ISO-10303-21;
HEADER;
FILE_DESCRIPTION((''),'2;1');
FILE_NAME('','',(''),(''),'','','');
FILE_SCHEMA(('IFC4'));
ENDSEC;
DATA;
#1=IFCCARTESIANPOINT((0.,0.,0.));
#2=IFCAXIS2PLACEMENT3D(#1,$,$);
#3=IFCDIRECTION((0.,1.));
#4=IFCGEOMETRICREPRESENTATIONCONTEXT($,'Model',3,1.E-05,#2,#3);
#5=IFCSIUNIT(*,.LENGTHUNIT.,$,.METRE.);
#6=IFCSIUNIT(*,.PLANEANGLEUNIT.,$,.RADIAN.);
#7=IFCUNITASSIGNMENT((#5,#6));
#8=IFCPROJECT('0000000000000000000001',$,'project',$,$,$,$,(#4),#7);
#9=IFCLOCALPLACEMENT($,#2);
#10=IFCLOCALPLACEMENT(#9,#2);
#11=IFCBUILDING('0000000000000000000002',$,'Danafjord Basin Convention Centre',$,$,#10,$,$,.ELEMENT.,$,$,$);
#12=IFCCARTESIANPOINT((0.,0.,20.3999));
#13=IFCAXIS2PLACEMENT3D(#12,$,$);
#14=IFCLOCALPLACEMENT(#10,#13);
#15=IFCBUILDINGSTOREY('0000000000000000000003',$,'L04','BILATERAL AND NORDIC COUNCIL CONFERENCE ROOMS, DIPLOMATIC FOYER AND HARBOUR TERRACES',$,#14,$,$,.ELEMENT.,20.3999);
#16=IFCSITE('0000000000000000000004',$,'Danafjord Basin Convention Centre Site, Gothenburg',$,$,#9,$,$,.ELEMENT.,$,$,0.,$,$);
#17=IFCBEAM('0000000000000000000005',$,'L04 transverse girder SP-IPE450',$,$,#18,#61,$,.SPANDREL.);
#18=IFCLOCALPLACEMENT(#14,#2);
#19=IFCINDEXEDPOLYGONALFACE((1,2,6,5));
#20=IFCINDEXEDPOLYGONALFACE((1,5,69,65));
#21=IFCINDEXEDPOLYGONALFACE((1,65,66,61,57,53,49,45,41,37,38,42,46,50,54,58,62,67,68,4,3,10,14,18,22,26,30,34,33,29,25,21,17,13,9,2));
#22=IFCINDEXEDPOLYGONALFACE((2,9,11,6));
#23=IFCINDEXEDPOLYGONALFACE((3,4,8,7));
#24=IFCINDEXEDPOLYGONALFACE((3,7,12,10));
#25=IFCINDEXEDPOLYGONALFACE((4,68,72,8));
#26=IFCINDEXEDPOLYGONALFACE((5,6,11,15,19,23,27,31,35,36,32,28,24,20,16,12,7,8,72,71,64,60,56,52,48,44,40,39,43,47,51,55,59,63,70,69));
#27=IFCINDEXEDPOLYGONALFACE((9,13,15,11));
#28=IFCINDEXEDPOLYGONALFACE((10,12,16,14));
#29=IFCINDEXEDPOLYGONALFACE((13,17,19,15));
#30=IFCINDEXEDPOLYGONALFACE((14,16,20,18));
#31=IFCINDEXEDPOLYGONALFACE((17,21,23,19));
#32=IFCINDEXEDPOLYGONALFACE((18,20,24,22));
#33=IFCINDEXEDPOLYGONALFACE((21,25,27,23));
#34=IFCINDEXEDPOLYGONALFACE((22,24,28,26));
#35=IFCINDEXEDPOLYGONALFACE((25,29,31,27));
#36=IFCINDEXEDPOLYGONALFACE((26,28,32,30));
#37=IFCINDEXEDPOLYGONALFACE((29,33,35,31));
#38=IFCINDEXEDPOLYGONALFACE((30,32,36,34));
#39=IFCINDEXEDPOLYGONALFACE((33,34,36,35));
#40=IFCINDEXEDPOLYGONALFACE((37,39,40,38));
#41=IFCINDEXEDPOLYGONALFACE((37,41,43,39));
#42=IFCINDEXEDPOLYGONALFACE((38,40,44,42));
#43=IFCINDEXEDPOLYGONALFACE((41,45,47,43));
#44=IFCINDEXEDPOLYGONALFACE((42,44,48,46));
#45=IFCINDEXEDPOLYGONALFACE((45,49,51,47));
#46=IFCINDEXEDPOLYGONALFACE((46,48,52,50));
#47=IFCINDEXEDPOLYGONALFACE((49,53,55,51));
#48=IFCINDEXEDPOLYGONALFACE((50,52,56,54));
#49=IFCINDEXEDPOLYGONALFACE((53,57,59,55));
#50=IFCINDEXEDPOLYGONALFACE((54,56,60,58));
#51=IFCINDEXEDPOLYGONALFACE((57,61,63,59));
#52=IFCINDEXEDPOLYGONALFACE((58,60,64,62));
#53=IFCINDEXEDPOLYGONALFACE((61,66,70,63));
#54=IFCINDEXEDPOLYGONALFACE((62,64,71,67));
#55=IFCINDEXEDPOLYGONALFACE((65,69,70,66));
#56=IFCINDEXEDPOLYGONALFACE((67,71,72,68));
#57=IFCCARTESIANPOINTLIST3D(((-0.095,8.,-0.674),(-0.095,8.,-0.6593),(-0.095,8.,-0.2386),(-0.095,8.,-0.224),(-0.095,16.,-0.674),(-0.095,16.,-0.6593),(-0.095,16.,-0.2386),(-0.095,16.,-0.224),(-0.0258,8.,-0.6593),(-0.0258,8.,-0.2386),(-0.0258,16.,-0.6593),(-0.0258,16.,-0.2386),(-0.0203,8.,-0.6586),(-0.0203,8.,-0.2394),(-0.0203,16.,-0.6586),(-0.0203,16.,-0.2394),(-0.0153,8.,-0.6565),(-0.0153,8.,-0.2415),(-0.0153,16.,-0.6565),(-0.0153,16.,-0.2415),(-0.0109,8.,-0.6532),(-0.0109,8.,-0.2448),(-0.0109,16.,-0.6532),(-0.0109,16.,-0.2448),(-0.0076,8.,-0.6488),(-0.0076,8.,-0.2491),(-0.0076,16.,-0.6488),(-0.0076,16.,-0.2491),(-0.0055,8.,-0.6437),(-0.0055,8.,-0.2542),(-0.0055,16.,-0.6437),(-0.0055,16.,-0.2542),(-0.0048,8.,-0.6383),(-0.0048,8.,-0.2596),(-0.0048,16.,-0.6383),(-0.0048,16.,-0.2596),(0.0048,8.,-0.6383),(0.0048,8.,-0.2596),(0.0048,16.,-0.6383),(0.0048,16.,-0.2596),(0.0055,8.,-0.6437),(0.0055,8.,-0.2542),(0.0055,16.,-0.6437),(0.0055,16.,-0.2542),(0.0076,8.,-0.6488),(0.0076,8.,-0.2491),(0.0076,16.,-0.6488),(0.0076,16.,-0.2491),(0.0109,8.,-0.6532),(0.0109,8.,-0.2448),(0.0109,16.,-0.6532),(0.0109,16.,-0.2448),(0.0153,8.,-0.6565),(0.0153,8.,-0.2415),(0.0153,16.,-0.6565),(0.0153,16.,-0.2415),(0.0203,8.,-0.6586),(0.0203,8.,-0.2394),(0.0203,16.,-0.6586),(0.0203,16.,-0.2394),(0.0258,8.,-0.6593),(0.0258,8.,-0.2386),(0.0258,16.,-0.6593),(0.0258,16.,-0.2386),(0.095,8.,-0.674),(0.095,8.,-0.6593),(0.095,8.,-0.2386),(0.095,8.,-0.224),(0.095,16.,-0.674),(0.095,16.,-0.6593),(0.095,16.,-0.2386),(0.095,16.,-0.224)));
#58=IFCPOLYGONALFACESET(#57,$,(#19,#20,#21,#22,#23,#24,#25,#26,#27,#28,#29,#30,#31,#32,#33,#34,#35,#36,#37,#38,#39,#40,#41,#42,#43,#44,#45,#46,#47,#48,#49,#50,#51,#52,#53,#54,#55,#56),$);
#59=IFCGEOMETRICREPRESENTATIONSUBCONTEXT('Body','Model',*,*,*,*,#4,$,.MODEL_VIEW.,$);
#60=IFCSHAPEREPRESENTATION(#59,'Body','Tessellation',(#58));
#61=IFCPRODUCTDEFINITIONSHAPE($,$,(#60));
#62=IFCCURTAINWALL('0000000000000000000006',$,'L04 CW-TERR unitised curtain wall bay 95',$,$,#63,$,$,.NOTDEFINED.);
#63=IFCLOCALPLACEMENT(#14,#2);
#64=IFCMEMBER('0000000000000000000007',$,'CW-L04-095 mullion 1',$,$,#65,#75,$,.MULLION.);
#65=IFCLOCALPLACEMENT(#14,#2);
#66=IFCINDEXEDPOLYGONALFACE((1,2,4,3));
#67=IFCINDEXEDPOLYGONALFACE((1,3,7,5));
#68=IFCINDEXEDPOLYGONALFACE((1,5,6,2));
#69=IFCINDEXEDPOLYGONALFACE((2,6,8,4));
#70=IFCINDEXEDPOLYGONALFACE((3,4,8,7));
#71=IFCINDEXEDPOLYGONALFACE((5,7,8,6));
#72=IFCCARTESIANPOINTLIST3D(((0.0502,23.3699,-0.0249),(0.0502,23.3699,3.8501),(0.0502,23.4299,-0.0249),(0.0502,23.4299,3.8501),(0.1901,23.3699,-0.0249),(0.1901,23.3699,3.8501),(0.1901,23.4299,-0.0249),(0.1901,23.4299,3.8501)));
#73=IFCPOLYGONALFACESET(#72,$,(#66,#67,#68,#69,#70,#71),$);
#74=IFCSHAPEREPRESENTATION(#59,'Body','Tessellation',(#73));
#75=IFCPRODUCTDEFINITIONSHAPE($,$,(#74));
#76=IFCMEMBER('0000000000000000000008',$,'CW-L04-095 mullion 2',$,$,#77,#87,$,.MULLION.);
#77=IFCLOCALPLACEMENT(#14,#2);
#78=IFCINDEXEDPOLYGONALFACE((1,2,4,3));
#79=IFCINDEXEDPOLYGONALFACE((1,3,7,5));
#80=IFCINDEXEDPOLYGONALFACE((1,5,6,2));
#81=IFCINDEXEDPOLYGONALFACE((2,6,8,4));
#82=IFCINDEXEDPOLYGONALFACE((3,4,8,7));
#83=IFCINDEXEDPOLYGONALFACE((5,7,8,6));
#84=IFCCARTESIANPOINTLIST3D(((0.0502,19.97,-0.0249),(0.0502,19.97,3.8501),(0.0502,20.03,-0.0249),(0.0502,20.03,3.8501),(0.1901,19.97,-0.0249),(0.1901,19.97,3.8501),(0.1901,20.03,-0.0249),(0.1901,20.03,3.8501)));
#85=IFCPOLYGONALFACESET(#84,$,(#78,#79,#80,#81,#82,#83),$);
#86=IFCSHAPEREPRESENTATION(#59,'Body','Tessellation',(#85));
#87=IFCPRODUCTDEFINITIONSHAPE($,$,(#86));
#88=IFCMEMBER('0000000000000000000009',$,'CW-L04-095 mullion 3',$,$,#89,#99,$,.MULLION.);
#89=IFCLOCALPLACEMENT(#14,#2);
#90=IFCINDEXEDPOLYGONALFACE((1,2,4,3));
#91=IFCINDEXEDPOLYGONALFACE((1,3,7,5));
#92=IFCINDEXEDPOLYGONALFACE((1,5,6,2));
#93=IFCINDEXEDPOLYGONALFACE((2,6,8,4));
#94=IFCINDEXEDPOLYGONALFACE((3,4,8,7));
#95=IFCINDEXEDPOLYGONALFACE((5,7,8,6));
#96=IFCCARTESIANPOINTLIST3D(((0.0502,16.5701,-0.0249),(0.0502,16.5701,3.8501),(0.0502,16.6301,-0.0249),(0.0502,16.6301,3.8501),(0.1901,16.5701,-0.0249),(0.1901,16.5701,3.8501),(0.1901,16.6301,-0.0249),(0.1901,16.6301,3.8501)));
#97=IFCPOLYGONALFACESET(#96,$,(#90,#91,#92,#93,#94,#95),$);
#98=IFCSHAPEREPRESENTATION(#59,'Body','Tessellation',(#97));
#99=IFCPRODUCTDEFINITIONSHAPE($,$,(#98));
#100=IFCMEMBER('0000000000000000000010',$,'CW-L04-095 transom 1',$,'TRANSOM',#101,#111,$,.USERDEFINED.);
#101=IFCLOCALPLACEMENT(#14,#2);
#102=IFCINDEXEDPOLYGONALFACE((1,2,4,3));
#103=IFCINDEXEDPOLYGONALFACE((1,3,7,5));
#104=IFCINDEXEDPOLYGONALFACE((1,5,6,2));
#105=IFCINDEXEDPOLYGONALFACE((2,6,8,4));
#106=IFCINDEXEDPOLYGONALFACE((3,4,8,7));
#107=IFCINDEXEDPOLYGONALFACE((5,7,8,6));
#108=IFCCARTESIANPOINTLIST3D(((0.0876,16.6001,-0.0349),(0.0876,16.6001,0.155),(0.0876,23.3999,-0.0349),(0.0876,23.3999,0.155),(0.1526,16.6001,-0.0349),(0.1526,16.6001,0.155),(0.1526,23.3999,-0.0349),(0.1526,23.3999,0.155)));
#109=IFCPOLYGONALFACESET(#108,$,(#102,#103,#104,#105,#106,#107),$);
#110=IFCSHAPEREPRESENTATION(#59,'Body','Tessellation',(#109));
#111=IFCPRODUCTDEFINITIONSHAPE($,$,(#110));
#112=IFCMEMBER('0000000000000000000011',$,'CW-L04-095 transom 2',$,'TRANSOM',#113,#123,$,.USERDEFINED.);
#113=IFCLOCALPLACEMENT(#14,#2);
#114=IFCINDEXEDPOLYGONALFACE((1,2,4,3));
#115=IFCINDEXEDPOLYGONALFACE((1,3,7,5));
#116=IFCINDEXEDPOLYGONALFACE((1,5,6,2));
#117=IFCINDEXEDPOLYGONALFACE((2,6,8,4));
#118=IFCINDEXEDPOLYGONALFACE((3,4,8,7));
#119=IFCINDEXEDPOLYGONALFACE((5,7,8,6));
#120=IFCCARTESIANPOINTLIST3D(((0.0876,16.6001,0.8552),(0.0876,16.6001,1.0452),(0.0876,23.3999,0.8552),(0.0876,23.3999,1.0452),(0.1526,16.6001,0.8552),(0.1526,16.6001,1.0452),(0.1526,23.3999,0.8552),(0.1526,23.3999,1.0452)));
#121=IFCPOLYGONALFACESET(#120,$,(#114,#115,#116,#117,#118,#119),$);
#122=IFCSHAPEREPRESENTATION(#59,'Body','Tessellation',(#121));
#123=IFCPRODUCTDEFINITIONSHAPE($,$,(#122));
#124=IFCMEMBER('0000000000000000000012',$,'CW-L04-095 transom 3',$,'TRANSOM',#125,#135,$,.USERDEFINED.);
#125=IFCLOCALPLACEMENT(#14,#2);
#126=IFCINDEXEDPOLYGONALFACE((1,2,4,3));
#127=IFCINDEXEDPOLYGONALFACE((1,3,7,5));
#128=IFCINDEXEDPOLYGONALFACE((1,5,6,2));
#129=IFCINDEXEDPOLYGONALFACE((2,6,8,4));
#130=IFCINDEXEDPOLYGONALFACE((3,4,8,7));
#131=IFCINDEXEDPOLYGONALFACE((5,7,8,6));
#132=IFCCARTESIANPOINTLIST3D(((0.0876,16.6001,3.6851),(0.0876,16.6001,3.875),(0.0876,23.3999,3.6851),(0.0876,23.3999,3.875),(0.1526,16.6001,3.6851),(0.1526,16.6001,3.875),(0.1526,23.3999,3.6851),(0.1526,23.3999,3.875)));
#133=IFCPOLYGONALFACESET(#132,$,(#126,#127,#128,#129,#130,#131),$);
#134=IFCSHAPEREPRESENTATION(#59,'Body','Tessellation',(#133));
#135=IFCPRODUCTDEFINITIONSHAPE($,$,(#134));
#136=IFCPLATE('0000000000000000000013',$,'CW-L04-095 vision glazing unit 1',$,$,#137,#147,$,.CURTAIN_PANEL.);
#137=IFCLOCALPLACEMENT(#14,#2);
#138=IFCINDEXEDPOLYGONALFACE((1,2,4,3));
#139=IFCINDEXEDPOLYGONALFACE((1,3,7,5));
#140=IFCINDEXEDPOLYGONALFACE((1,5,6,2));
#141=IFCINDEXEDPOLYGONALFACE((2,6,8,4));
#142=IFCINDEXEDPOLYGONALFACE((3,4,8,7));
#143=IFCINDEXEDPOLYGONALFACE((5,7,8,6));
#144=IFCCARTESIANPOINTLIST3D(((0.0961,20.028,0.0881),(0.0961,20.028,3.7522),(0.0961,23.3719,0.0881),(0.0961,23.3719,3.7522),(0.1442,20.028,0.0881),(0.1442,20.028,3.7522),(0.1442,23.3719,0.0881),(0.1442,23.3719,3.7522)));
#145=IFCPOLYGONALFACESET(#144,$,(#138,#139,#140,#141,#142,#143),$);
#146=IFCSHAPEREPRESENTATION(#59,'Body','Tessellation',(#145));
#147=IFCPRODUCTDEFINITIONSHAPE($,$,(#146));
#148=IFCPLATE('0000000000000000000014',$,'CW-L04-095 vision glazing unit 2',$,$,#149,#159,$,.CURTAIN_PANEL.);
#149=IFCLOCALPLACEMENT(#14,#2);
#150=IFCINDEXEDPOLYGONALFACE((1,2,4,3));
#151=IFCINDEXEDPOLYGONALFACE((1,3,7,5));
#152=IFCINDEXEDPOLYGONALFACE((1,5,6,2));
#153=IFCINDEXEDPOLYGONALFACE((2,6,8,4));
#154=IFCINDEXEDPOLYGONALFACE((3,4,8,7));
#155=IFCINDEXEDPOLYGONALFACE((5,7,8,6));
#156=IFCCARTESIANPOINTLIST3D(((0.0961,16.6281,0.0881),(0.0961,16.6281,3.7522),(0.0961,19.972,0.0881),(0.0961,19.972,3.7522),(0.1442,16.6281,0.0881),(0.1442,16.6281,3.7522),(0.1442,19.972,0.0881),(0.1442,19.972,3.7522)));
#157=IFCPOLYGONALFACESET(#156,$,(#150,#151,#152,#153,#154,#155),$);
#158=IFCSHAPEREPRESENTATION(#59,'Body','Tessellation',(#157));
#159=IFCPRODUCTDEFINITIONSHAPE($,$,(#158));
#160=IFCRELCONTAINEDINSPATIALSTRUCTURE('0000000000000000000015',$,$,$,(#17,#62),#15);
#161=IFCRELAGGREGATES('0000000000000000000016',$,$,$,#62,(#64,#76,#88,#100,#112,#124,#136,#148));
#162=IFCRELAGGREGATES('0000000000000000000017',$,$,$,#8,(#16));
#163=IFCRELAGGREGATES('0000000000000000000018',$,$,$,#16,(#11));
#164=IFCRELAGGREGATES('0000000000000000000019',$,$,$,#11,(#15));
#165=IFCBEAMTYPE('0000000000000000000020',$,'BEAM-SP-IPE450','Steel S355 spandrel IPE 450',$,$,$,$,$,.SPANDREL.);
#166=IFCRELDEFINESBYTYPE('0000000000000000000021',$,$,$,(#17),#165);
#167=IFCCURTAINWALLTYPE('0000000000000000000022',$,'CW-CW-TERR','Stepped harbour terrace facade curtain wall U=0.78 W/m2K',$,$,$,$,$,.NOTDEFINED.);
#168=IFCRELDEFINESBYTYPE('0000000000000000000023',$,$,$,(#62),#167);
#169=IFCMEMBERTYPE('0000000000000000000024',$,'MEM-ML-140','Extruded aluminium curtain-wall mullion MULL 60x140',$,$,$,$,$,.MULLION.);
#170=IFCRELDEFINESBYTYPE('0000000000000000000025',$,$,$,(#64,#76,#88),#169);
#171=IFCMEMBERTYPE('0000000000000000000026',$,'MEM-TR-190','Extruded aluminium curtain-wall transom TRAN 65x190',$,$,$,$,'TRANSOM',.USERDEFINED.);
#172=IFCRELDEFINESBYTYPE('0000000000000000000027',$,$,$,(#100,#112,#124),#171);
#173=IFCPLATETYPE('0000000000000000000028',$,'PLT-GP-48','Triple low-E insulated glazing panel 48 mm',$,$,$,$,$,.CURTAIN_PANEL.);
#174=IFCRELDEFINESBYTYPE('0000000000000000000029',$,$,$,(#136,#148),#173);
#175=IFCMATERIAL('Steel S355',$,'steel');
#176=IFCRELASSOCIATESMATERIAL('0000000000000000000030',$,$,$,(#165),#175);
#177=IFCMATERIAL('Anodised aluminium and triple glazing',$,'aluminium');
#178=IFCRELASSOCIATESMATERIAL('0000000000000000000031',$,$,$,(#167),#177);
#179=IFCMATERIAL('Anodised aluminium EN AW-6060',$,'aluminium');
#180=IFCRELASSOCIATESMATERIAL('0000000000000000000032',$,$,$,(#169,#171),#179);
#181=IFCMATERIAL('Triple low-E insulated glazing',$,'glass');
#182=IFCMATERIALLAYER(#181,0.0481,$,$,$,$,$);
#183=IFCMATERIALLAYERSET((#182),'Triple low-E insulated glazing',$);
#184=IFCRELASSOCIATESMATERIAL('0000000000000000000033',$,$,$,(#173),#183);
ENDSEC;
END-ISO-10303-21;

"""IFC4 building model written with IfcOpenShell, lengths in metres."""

from ifc_helpers import new_model, si_unit, direction, frame, origin, origin_2d, place, context, subcontext, project, spatial, rectangle, i_section, extrude, material, layer, layer_set, material_profile, profile_set, type_object, element, aggregate, save


model = new_model("IFC4")

# Units and contexts
model_context = context("Model", 3, precision=1e-05, world=origin(), true_north=direction((0.0, 1.0)))
body_context = subcontext(model_context, "Body", "Model", "MODEL_VIEW")
ifc_project = project(units=[si_unit("LENGTHUNIT", "METRE"), si_unit("PLANEANGLEUNIT", "RADIAN")], contexts=[model_context])

# Site, building, storey
site_placement = place(None, origin())
site = spatial("IfcSite", under=ifc_project, at=site_placement, Name="Danafjord Basin Convention Centre Site, Gothenburg", CompositionType="ELEMENT", RefElevation=0.0)
building_placement = place(site_placement, origin())
building = spatial("IfcBuilding", under=site, at=building_placement, Name="Danafjord Basin Convention Centre", CompositionType="ELEMENT")
storey_placement = place(building_placement, frame((0.0, 0.0, 20.3999)))
storey = spatial("IfcBuildingStorey", under=building, at=storey_placement, Name="L04", Description="BILATERAL AND NORDIC COUNCIL CONFERENCE ROOMS, DIPLOMATIC FOYER AND HARBOUR TERRACES", CompositionType="ELEMENT", Elevation=20.3999)

# Shared definitions
ifc_material_1 = material(Name="Steel S355", Category="steel")

# Beam
ifc_material_profile_1 = material_profile(ifc_material_1, i_section(OverallWidth=0.1899, OverallDepth=0.45, WebThickness=0.0095, FlangeThickness=0.0146, FilletRadius=0.021, at=origin_2d()), Name="IPE 450")
ifc_profile_set_1 = profile_set([ifc_material_profile_1], Name="Steel S355")
beam_type_1 = type_object("IfcBeamType", Name="BEAM-SP-IPE450", Description="Steel S355 spandrel IPE 450", PredefinedType="SPANDREL", material=ifc_profile_set_1)
beam_1_placement = place(storey_placement, frame((0.0, 8.0, -0.449), z_axis=(0.0, 1.0, 0.0), x_axis=(-1.0, 0.0, 0.0)))
element("IfcBeam", 1, at=beam_1_placement, inside=storey, type_object=beam_type_1, Name="L04 transverse girder SP-IPE450", PredefinedType="SPANDREL", context=body_context, shape_type="SweptSolid", body=[
    extrude(i_section(OverallWidth=0.1899, OverallDepth=0.45, WebThickness=0.0095, FlangeThickness=0.0146, FilletRadius=0.021, at=origin_2d()), origin(), (0.0, 0.0, 1.0), 8.0),
])

# Curtain wall, members, plates
ifc_material_2 = material(Name="Anodised aluminium and triple glazing", Category="aluminium")
curtain_wall_type = type_object("IfcCurtainWallType", Name="CW-CW-TERR", Description="Stepped harbour terrace facade curtain wall U=0.78 W/m2K", PredefinedType="NOTDEFINED", material=ifc_material_2)
curtain_wall_placement = place(storey_placement, origin())
curtain_wall = element("IfcCurtainWall", 2, at=curtain_wall_placement, inside=storey, type_object=curtain_wall_type, Name="L04 CW-TERR unitised curtain wall bay 95", PredefinedType="NOTDEFINED")
ifc_material_3 = material(Name="Anodised aluminium EN AW-6060", Category="aluminium")
ifc_material_profile_2 = material_profile(ifc_material_3, rectangle(XDim=0.0601, YDim=0.1399, at=origin_2d()), Name="MULL 60x140")
ifc_profile_set_2 = profile_set([ifc_material_profile_2], Name="Anodised aluminium EN AW-6060")
member_type_1 = type_object("IfcMemberType", Name="MEM-ML-140", Description="Extruded aluminium curtain-wall mullion MULL 60x140", PredefinedType="MULLION", material=ifc_profile_set_2)
member_1_placement = place(storey_placement, frame((0.1201, 23.3999, -0.0249), z_axis=(0.0, 0.0, 1.0), x_axis=(0.0, -1.0, 0.0)))
member_1 = element("IfcMember", 3, at=member_1_placement, type_object=member_type_1, Name="CW-L04-095 mullion 1", PredefinedType="MULLION", context=body_context, shape_type="SweptSolid", body=[
    extrude(rectangle(XDim=0.0601, YDim=0.1399, at=origin_2d()), origin(), (0.0, 0.0, 1.0), 3.875),
])
member_2_placement = place(storey_placement, frame((0.1201, 20.0, -0.0249), z_axis=(0.0, 0.0, 1.0), x_axis=(0.0, -1.0, 0.0)))
member_2 = element("IfcMember", 4, at=member_2_placement, type_object=member_type_1, Name="CW-L04-095 mullion 2", PredefinedType="MULLION", context=body_context, shape_type="SweptSolid", body=[
    extrude(rectangle(XDim=0.0601, YDim=0.1399, at=origin_2d()), origin(), (0.0, 0.0, 1.0), 3.875),
])
member_3_placement = place(storey_placement, frame((0.1201, 16.6001, -0.0249), z_axis=(0.0, 0.0, 1.0), x_axis=(0.0, -1.0, 0.0)))
member_3 = element("IfcMember", 5, at=member_3_placement, type_object=member_type_1, Name="CW-L04-095 mullion 3", PredefinedType="MULLION", context=body_context, shape_type="SweptSolid", body=[
    extrude(rectangle(XDim=0.0601, YDim=0.1399, at=origin_2d()), origin(), (0.0, 0.0, 1.0), 3.875),
])
ifc_material_profile_3 = material_profile(ifc_material_3, rectangle(XDim=0.0649, YDim=0.1899, at=origin_2d()), Name="TRAN 65x190")
ifc_profile_set_3 = profile_set([ifc_material_profile_3], Name="Anodised aluminium EN AW-6060")
member_type_2 = type_object("IfcMemberType", Name="MEM-TR-190", Description="Extruded aluminium curtain-wall transom TRAN 65x190", ElementType="TRANSOM", PredefinedType="USERDEFINED", material=ifc_profile_set_3)
member_4_placement = place(storey_placement, frame((0.1201, 23.3999, 0.0601), z_axis=(0.0, -1.0, 0.0), x_axis=(1.0, 0.0, 0.0)))
member_4 = element("IfcMember", 6, at=member_4_placement, type_object=member_type_2, Name="CW-L04-095 transom 1", ObjectType="TRANSOM", PredefinedType="USERDEFINED", context=body_context, shape_type="SweptSolid", body=[
    extrude(rectangle(XDim=0.0649, YDim=0.1899, at=origin_2d()), origin(), (0.0, 0.0, 1.0), 6.7998),
])
member_5_placement = place(storey_placement, frame((0.1201, 23.3999, 0.9502), z_axis=(0.0, -1.0, 0.0), x_axis=(1.0, 0.0, 0.0)))
member_5 = element("IfcMember", 7, at=member_5_placement, type_object=member_type_2, Name="CW-L04-095 transom 2", ObjectType="TRANSOM", PredefinedType="USERDEFINED", context=body_context, shape_type="SweptSolid", body=[
    extrude(rectangle(XDim=0.0649, YDim=0.1899, at=origin_2d()), origin(), (0.0, 0.0, 1.0), 6.7998),
])
member_6_placement = place(storey_placement, frame((0.1201, 23.3999, 3.78), z_axis=(0.0, -1.0, 0.0), x_axis=(1.0, 0.0, 0.0)))
member_6 = element("IfcMember", 8, at=member_6_placement, type_object=member_type_2, Name="CW-L04-095 transom 3", ObjectType="TRANSOM", PredefinedType="USERDEFINED", context=body_context, shape_type="SweptSolid", body=[
    extrude(rectangle(XDim=0.0649, YDim=0.1899, at=origin_2d()), origin(), (0.0, 0.0, 1.0), 6.7998),
])
ifc_material_4 = material(Name="Triple low-E insulated glazing", Category="glass")
ifc_layer_1 = layer(ifc_material_4, 0.0481)
ifc_layer_set_1 = layer_set([ifc_layer_1], Name="Triple low-E insulated glazing")
plate_type = type_object("IfcPlateType", Name="PLT-GP-48", Description="Triple low-E insulated glazing panel 48 mm", PredefinedType="CURTAIN_PANEL", material=ifc_layer_set_1)
plate_1_placement = place(storey_placement, frame((0.1201, 21.7, 0.0881), z_axis=(0.0, 0.0, 1.0), x_axis=(0.0, -1.0, 0.0)))
plate_1 = element("IfcPlate", 9, at=plate_1_placement, type_object=plate_type, Name="CW-L04-095 vision glazing unit 1", PredefinedType="CURTAIN_PANEL", context=body_context, shape_type="SweptSolid", body=[
    extrude(rectangle(XDim=3.344, YDim=0.0481, at=origin_2d()), origin(), (0.0, 0.0, 1.0), 3.6641),
])
plate_2_placement = place(storey_placement, frame((0.1201, 18.3, 0.0881), z_axis=(0.0, 0.0, 1.0), x_axis=(0.0, -1.0, 0.0)))
plate_2 = element("IfcPlate", 10, at=plate_2_placement, type_object=plate_type, Name="CW-L04-095 vision glazing unit 2", PredefinedType="CURTAIN_PANEL", context=body_context, shape_type="SweptSolid", body=[
    extrude(rectangle(XDim=3.344, YDim=0.0481, at=origin_2d()), origin(), (0.0, 0.0, 1.0), 3.6641),
])
aggregate(curtain_wall, [member_1, member_2, member_3, member_4, member_5, member_6, plate_1, plate_2])

save(model, "model.ifc")
